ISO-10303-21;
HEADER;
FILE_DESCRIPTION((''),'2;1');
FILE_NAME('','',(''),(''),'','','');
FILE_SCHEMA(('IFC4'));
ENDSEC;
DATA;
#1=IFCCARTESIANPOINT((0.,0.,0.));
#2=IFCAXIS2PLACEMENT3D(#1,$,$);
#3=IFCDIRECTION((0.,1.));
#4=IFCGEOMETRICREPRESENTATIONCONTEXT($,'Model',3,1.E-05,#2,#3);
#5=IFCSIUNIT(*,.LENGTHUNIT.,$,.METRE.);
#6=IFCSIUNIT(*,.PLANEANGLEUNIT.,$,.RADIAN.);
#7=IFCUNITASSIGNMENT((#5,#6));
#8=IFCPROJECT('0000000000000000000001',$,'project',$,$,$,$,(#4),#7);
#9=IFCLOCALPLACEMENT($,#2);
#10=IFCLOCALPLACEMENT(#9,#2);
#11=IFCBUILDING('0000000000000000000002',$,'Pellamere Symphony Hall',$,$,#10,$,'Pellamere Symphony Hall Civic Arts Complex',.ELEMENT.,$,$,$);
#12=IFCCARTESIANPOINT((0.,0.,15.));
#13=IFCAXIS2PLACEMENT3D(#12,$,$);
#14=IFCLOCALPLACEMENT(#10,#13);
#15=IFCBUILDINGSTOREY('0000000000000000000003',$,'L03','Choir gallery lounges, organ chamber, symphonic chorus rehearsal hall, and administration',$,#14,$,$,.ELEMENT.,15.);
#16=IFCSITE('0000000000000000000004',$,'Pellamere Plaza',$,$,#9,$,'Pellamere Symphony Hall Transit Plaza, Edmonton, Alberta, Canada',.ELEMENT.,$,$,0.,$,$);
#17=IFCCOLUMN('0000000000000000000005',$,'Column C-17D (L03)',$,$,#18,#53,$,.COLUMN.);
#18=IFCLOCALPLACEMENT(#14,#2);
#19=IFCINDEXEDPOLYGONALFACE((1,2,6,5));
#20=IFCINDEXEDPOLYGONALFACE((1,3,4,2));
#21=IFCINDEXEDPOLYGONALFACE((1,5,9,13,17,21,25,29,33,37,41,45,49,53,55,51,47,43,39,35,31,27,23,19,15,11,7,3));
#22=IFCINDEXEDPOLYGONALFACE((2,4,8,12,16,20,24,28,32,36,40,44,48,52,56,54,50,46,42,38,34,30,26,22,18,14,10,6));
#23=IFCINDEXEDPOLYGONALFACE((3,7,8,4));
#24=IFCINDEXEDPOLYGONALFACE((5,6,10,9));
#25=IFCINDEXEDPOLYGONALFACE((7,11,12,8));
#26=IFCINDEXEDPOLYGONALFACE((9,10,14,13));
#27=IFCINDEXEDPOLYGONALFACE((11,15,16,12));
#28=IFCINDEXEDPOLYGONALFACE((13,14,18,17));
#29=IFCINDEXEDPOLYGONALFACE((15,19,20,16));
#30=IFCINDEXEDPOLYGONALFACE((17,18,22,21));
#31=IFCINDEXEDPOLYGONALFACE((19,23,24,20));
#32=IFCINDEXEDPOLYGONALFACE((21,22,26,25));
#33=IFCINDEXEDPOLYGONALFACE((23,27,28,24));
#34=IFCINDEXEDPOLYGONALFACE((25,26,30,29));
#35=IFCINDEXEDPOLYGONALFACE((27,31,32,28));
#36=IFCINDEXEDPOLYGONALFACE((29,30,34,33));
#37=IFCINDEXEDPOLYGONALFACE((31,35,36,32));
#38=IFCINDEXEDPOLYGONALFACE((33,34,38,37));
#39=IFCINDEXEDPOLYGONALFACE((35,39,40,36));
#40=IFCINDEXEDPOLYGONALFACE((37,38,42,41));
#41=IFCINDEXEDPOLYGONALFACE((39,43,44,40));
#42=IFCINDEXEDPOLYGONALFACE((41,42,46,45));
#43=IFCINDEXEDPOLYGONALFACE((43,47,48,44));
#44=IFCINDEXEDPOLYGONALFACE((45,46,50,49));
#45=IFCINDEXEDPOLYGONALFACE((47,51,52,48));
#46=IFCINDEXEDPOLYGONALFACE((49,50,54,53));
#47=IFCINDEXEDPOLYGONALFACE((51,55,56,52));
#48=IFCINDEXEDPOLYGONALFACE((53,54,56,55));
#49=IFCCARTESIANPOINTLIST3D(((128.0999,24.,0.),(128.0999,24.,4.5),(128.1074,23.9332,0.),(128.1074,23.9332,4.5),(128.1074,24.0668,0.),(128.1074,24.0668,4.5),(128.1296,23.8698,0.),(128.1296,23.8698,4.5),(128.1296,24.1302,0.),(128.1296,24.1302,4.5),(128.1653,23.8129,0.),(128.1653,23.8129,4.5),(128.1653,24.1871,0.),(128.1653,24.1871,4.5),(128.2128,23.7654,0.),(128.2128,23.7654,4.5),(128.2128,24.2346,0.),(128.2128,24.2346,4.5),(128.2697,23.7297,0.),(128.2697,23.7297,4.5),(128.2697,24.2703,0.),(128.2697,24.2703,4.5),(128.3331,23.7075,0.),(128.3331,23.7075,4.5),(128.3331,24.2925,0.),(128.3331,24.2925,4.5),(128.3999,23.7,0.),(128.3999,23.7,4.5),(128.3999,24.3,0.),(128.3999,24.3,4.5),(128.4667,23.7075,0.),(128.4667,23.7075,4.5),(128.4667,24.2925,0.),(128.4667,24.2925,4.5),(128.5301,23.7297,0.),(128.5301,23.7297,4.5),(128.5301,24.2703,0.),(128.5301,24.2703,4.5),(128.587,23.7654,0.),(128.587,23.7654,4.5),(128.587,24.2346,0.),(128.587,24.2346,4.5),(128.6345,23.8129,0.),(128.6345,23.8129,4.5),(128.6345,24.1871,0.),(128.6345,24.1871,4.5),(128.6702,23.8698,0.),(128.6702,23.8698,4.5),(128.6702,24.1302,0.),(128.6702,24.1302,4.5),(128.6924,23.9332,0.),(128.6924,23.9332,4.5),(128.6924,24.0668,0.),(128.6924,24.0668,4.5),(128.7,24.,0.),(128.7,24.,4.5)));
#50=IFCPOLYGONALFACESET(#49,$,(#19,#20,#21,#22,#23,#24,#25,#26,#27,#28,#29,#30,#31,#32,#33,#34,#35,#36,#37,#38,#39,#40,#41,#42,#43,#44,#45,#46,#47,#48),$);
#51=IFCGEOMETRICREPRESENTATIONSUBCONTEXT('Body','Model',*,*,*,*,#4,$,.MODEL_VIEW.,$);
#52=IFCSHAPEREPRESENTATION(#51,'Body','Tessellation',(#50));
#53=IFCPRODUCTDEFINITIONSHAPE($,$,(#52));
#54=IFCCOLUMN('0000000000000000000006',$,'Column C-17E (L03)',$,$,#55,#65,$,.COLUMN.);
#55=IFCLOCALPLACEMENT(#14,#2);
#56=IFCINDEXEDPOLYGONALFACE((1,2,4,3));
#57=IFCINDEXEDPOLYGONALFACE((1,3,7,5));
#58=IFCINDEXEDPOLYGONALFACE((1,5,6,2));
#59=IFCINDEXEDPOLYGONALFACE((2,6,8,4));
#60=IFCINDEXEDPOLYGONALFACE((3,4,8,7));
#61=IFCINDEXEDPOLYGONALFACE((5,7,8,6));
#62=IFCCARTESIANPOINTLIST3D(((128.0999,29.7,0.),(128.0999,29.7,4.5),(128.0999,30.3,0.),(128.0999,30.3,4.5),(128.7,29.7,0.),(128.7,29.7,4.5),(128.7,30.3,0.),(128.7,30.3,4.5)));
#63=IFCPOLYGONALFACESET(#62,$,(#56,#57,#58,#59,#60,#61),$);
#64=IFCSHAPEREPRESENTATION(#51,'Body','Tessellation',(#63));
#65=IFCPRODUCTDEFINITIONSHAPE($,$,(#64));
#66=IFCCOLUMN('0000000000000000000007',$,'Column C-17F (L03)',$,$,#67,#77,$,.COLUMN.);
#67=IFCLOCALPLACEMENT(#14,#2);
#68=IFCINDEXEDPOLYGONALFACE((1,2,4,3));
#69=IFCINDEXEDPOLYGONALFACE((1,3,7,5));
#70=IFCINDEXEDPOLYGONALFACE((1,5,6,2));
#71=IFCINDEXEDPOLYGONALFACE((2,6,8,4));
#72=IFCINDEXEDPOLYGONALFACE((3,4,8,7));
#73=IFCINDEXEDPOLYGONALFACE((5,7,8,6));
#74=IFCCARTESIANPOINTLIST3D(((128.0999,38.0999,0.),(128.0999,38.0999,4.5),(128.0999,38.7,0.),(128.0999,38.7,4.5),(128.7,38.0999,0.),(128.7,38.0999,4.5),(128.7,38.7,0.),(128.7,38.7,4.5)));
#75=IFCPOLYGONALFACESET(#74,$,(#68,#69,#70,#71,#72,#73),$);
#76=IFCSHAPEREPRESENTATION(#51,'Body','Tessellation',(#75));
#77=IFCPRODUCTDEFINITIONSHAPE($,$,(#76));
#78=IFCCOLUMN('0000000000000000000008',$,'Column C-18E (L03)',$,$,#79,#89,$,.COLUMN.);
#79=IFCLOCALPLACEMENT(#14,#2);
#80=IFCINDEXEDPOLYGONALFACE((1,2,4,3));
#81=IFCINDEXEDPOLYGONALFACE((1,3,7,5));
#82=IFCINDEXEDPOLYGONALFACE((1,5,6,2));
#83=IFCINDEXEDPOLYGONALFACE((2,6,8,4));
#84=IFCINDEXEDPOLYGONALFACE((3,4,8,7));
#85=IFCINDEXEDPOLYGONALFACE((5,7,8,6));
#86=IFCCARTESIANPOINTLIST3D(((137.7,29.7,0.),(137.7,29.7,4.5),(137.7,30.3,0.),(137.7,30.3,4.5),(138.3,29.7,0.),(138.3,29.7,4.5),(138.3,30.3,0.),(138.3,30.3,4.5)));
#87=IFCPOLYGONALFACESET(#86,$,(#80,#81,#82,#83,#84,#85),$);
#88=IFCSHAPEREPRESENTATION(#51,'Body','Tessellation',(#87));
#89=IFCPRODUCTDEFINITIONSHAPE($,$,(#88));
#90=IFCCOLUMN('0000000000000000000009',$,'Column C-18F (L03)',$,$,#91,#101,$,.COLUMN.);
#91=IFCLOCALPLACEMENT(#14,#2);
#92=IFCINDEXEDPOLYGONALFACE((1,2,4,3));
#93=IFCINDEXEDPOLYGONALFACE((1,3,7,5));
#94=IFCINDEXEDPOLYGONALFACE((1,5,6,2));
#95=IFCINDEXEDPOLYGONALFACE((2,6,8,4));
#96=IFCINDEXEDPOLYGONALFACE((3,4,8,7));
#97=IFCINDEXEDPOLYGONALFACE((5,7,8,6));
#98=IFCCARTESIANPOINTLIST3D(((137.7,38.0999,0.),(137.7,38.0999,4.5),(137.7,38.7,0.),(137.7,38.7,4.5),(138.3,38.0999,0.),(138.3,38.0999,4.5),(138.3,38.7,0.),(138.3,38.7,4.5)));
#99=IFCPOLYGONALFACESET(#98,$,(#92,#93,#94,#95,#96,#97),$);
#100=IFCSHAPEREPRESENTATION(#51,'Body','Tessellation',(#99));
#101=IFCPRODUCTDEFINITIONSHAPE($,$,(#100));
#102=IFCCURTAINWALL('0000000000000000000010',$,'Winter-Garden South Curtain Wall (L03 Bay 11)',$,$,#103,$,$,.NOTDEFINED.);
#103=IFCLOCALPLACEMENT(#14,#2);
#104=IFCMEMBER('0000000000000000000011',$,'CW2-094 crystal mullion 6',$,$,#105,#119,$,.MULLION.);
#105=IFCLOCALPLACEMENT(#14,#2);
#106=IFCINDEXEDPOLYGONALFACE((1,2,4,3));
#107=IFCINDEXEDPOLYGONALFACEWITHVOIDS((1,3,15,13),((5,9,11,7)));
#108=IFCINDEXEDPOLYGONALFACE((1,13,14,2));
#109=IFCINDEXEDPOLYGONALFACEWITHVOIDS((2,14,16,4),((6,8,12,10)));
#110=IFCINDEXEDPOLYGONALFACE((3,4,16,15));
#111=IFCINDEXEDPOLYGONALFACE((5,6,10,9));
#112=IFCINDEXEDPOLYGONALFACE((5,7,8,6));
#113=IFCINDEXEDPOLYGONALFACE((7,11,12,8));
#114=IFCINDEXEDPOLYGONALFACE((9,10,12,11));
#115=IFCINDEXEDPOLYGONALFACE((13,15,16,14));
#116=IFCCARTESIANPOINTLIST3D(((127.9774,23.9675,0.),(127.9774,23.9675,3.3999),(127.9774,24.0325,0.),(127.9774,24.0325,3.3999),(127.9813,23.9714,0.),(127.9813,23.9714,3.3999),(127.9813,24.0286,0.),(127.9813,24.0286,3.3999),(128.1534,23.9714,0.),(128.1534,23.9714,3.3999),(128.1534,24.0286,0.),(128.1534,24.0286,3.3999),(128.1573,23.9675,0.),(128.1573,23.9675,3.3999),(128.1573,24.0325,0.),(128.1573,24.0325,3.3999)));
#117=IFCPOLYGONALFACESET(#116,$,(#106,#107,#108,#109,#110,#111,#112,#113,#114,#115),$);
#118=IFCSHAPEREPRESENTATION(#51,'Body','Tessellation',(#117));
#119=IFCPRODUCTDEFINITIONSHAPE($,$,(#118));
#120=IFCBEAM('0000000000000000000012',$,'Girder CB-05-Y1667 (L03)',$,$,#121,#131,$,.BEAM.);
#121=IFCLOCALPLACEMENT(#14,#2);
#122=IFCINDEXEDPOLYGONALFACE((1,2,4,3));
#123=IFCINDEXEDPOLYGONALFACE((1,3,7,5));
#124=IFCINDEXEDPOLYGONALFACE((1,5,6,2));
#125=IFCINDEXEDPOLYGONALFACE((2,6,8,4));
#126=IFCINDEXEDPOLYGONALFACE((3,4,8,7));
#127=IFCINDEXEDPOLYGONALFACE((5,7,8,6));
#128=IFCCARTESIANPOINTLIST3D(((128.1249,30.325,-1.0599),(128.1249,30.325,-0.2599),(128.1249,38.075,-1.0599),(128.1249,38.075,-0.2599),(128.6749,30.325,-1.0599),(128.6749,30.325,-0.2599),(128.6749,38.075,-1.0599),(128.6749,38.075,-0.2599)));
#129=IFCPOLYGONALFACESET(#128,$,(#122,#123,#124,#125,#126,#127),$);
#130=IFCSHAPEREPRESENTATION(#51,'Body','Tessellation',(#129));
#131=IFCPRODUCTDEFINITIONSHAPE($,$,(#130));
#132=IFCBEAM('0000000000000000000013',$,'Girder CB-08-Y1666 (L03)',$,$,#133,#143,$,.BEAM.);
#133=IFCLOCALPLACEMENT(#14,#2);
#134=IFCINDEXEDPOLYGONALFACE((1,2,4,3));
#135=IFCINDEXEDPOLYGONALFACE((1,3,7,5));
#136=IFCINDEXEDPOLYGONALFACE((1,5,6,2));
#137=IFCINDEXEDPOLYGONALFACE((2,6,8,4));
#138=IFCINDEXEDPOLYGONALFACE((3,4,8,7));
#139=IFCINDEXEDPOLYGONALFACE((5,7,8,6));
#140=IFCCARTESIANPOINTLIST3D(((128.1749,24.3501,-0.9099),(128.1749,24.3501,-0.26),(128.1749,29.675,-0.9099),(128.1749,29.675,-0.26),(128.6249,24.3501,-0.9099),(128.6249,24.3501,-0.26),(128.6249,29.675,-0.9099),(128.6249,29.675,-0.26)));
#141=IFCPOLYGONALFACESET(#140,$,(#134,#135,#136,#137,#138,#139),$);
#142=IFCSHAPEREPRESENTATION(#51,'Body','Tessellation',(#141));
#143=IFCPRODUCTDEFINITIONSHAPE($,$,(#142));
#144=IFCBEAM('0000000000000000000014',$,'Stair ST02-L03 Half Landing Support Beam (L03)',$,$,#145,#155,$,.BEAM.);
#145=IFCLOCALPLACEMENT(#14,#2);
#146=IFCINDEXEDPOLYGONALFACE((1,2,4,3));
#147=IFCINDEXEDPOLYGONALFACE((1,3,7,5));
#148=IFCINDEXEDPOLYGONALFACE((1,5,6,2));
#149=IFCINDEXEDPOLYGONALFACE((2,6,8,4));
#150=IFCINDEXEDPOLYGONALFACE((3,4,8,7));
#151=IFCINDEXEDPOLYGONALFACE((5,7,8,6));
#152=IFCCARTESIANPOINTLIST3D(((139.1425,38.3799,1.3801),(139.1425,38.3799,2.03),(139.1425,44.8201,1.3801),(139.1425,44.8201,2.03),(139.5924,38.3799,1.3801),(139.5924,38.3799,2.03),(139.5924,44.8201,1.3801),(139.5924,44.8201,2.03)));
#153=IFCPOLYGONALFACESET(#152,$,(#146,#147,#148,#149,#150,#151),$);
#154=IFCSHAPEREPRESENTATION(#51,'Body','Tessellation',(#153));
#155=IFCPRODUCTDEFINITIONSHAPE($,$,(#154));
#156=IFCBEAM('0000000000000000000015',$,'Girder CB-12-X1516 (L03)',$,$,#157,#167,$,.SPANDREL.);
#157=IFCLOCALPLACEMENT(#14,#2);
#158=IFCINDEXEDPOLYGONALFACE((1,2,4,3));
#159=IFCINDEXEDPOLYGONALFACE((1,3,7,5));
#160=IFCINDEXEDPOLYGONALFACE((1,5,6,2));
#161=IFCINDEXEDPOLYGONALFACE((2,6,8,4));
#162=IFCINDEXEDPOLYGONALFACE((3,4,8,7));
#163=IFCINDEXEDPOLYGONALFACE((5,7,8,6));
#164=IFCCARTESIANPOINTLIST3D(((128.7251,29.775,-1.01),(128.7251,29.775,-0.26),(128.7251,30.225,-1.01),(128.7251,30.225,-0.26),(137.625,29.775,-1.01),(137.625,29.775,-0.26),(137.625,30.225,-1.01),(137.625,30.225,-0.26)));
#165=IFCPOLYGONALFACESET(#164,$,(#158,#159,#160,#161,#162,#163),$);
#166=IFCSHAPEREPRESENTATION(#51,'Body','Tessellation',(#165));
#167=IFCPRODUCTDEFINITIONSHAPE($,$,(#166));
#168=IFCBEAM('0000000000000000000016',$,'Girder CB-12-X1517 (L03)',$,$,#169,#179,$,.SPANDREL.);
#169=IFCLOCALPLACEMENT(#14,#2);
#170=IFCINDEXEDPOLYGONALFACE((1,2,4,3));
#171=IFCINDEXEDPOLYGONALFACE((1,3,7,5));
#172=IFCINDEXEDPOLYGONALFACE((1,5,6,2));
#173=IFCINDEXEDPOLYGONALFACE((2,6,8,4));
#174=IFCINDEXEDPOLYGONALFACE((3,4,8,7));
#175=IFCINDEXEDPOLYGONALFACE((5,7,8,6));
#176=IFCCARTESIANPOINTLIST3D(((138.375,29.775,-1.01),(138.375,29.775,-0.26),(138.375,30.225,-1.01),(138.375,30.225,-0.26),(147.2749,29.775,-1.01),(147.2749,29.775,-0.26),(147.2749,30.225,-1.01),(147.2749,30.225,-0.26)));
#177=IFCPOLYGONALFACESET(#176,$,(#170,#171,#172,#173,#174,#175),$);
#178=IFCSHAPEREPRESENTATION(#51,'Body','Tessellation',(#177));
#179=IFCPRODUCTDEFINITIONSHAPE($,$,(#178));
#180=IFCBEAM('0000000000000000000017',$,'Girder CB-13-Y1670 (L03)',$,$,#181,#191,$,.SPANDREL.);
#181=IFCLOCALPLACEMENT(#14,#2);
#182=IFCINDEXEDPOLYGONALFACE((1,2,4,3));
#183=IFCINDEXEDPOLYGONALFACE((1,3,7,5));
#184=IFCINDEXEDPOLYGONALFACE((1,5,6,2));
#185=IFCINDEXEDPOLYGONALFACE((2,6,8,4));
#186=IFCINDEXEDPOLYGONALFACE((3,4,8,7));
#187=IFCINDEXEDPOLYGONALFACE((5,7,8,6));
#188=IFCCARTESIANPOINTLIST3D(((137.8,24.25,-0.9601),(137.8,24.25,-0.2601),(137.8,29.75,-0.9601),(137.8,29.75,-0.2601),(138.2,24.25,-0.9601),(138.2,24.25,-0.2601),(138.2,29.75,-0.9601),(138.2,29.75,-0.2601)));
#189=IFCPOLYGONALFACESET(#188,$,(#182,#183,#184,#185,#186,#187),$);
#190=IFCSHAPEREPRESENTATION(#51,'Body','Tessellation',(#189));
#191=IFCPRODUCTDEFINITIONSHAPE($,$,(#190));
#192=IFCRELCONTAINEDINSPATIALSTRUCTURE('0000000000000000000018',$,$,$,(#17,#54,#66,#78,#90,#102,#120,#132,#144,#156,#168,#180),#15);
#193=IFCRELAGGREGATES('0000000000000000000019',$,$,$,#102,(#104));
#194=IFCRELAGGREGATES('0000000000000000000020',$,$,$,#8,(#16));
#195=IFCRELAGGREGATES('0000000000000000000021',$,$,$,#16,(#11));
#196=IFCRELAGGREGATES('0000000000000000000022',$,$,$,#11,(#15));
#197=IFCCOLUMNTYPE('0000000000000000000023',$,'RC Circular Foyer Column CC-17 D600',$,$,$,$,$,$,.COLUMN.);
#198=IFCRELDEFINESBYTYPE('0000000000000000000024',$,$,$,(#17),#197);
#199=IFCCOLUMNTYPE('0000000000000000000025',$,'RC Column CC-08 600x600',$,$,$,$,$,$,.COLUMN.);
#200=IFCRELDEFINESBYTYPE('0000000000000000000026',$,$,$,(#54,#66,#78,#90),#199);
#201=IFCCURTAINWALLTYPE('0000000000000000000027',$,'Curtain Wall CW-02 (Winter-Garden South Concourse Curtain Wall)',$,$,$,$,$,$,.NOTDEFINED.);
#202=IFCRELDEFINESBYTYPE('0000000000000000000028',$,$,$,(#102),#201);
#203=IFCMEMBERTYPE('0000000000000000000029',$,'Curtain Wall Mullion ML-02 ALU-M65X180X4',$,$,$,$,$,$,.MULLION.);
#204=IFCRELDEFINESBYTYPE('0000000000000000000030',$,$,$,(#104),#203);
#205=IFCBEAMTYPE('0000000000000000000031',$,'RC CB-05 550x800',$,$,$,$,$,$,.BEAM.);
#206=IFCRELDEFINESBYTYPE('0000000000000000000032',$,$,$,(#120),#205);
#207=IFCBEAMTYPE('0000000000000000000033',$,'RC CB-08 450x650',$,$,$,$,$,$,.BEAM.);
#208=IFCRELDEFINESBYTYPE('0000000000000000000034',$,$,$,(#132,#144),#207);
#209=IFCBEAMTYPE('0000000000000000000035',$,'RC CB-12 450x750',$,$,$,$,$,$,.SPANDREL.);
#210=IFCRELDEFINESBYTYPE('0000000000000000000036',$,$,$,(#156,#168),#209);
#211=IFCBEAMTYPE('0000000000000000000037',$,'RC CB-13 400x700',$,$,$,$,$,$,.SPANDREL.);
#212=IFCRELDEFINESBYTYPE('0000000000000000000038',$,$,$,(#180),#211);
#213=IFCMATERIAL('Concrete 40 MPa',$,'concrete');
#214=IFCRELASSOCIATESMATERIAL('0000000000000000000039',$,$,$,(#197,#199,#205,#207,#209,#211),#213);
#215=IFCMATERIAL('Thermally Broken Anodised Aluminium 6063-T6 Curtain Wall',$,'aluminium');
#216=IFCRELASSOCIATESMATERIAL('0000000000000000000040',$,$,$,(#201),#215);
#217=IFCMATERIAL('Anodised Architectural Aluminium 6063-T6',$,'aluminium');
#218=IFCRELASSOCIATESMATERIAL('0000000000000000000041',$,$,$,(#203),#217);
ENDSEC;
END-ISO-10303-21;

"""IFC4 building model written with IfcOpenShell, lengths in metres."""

from ifc_helpers import new_model, si_unit, direction, frame, origin, origin_2d, place, context, subcontext, project, spatial, rectangle, hollow_rectangle, circle, extrude, material, material_profile, profile_set, type_object, element, aggregate, save


model = new_model("IFC4")

# Units and contexts
model_context = context("Model", 3, precision=1e-05, world=origin(), true_north=direction((0.0, 1.0)))
body_context = subcontext(model_context, "Body", "Model", "MODEL_VIEW")
ifc_project = project(units=[si_unit("LENGTHUNIT", "METRE"), si_unit("PLANEANGLEUNIT", "RADIAN")], contexts=[model_context])

# Site, building, storey
site_placement = place(None, origin())
site = spatial("IfcSite", under=ifc_project, at=site_placement, Name="Pellamere Plaza", LongName="Pellamere Symphony Hall Transit Plaza, Edmonton, Alberta, Canada", CompositionType="ELEMENT", RefElevation=0.0)
building_placement = place(site_placement, origin())
building = spatial("IfcBuilding", under=site, at=building_placement, Name="Pellamere Symphony Hall", LongName="Pellamere Symphony Hall Civic Arts Complex", CompositionType="ELEMENT")
storey_placement = place(building_placement, frame((0.0, 0.0, 15.0)))
storey = spatial("IfcBuildingStorey", under=building, at=storey_placement, Name="L03", Description="Choir gallery lounges, organ chamber, symphonic chorus rehearsal hall, and administration", CompositionType="ELEMENT", Elevation=15.0)

# Columns
ifc_material_1 = material(Name="Concrete 40 MPa", Category="concrete")
ifc_material_profile_1 = material_profile(ifc_material_1, circle(Radius=0.3, at=origin_2d()), Name="RCCOL D600")
ifc_profile_set_1 = profile_set([ifc_material_profile_1], Name="Concrete 40 MPa")
column_type_1 = type_object("IfcColumnType", Name="RC Circular Foyer Column CC-17 D600", PredefinedType="COLUMN", material=ifc_profile_set_1)
column_placement = place(storey_placement, frame((128.3999, 24.0, 0.0), z_axis=(0.0, 0.0, 1.0), x_axis=(1.0, 0.0, 0.0)))
element("IfcColumn", 1, at=column_placement, inside=storey, type_object=column_type_1, Name="Column C-17D (L03)", PredefinedType="COLUMN", context=body_context, shape_type="SweptSolid", body=[
    extrude(circle(Radius=0.3, at=origin_2d()), origin(), (0.0, 0.0, 1.0), 4.5),
])
ifc_material_profile_2 = material_profile(ifc_material_1, rectangle(XDim=0.6001, YDim=0.6001, at=origin_2d()), Name="RC 600x600")
ifc_profile_set_2 = profile_set([ifc_material_profile_2], Name="Concrete 40 MPa")
column_type_2 = type_object("IfcColumnType", Name="RC Column CC-08 600x600", PredefinedType="COLUMN", material=ifc_profile_set_2)
for number, where, z_axis, x_axis, name in (
    (2, (128.3999, 30.0, 0.0), (0.0, 0.0, 1.0), (1.0, 0.0, 0.0), "Column C-17E (L03)"),
    (3, (128.3999, 38.3999, 0.0), (0.0, 0.0, 1.0), (1.0, 0.0, 0.0), "Column C-17F (L03)"),
    (4, (138.0, 30.0, 0.0), (0.0, 0.0, 1.0), (1.0, 0.0, 0.0), "Column C-18E (L03)"),
    (5, (138.0, 38.3999, 0.0), (0.0, 0.0, 1.0), (1.0, 0.0, 0.0), "Column C-18F (L03)"),
):
    element("IfcColumn", number, at=place(storey_placement, frame(where, z_axis=z_axis, x_axis=x_axis)), inside=storey, type_object=column_type_2, Name=name, PredefinedType="COLUMN", context=body_context, shape_type="SweptSolid", body=[
        extrude(rectangle(XDim=0.6001, YDim=0.6001, at=origin_2d()), origin(), (0.0, 0.0, 1.0), 4.5),
    ])

# Curtain wall, member
ifc_material_2 = material(Name="Thermally Broken Anodised Aluminium 6063-T6 Curtain Wall", Category="aluminium")
curtain_wall_type = type_object("IfcCurtainWallType", Name="Curtain Wall CW-02 (Winter-Garden South Concourse Curtain Wall)", PredefinedType="NOTDEFINED", material=ifc_material_2)
curtain_wall_placement = place(storey_placement, origin())
curtain_wall = element("IfcCurtainWall", 6, at=curtain_wall_placement, inside=storey, type_object=curtain_wall_type, Name="Winter-Garden South Curtain Wall (L03 Bay 11)", PredefinedType="NOTDEFINED")
ifc_material_3 = material(Name="Anodised Architectural Aluminium 6063-T6", Category="aluminium")
ifc_material_profile_3 = material_profile(ifc_material_3, hollow_rectangle(XDim=0.0649, YDim=0.1799, WallThickness=0.0039, at=origin_2d()), Name="ALU-M65X180X4")
ifc_profile_set_3 = profile_set([ifc_material_profile_3], Name="Anodised Architectural Aluminium 6063-T6")
member_type = type_object("IfcMemberType", Name="Curtain Wall Mullion ML-02 ALU-M65X180X4", PredefinedType="MULLION", material=ifc_profile_set_3)
member_placement = place(storey_placement, frame((128.0674, 24.0, 0.0), z_axis=(0.0, 0.0, 1.0), x_axis=(0.0, 1.0, 0.0)))
member = element("IfcMember", 7, at=member_placement, type_object=member_type, Name="CW2-094 crystal mullion 6", PredefinedType="MULLION", context=body_context, shape_type="SweptSolid", body=[
    extrude(hollow_rectangle(XDim=0.0649, YDim=0.1799, WallThickness=0.0039, at=origin_2d()), origin(), (0.0, 0.0, 1.0), 3.3999),
])

# Beams
ifc_material_profile_4 = material_profile(ifc_material_1, rectangle(XDim=0.55, YDim=0.8, at=origin_2d()), Name="RC 550x800")
ifc_profile_set_4 = profile_set([ifc_material_profile_4], Name="Concrete 40 MPa")
beam_type_1 = type_object("IfcBeamType", Name="RC CB-05 550x800", PredefinedType="BEAM", material=ifc_profile_set_4)
beam_1_placement = place(storey_placement, frame((128.3999, 30.325, -0.6599), z_axis=(0.0, 1.0, 0.0), x_axis=(-1.0, 0.0, 0.0)))
element("IfcBeam", 8, at=beam_1_placement, inside=storey, type_object=beam_type_1, Name="Girder CB-05-Y1667 (L03)", PredefinedType="BEAM", context=body_context, shape_type="SweptSolid", body=[
    extrude(rectangle(XDim=0.55, YDim=0.8, at=origin_2d()), origin(), (0.0, 0.0, 1.0), 7.75),
])
ifc_material_profile_5 = material_profile(ifc_material_1, rectangle(XDim=0.45, YDim=0.6499, at=origin_2d()), Name="RC 450x650")
ifc_profile_set_5 = profile_set([ifc_material_profile_5], Name="Concrete 40 MPa")
beam_type_2 = type_object("IfcBeamType", Name="RC CB-08 450x650", PredefinedType="BEAM", material=ifc_profile_set_5)
beam_2_placement = place(storey_placement, frame((128.3999, 24.3501, -0.585), z_axis=(0.0, 1.0, 0.0), x_axis=(-1.0, 0.0, 0.0)))
element("IfcBeam", 9, at=beam_2_placement, inside=storey, type_object=beam_type_2, Name="Girder CB-08-Y1666 (L03)", PredefinedType="BEAM", context=body_context, shape_type="SweptSolid", body=[
    extrude(rectangle(XDim=0.45, YDim=0.6499, at=origin_2d()), origin(), (0.0, 0.0, 1.0), 5.325),
])
beam_3_placement = place(storey_placement, frame((139.3674, 38.3799, 1.7051), z_axis=(0.0, 1.0, 0.0), x_axis=(-1.0, 0.0, 0.0)))
element("IfcBeam", 10, at=beam_3_placement, inside=storey, type_object=beam_type_2, Name="Stair ST02-L03 Half Landing Support Beam (L03)", PredefinedType="BEAM", context=body_context, shape_type="SweptSolid", body=[
    extrude(rectangle(XDim=0.45, YDim=0.6499, at=origin_2d()), origin(), (0.0, 0.0, 1.0), 6.4402),
])
ifc_material_profile_6 = material_profile(ifc_material_1, rectangle(XDim=0.45, YDim=0.75, at=origin_2d()), Name="RC 450x750")
ifc_profile_set_6 = profile_set([ifc_material_profile_6], Name="Concrete 40 MPa")
beam_type_3 = type_object("IfcBeamType", Name="RC CB-12 450x750", PredefinedType="SPANDREL", material=ifc_profile_set_6)
for number, where, z_axis, x_axis, name in (
    (11, (128.7251, 30.0, -0.635), (1.0, 0.0, 0.0), (0.0, 1.0, 0.0), "Girder CB-12-X1516 (L03)"),
    (12, (138.375, 30.0, -0.635), (1.0, 0.0, 0.0), (0.0, 1.0, 0.0), "Girder CB-12-X1517 (L03)"),
):
    element("IfcBeam", number, at=place(storey_placement, frame(where, z_axis=z_axis, x_axis=x_axis)), inside=storey, type_object=beam_type_3, Name=name, PredefinedType="SPANDREL", context=body_context, shape_type="SweptSolid", body=[
        extrude(rectangle(XDim=0.45, YDim=0.75, at=origin_2d()), origin(), (0.0, 0.0, 1.0), 8.8999),
    ])
ifc_material_profile_7 = material_profile(ifc_material_1, rectangle(XDim=0.3999, YDim=0.7, at=origin_2d()), Name="RC 400x700")
ifc_profile_set_7 = profile_set([ifc_material_profile_7], Name="Concrete 40 MPa")
beam_type_4 = type_object("IfcBeamType", Name="RC CB-13 400x700", PredefinedType="SPANDREL", material=ifc_profile_set_7)
beam_4_placement = place(storey_placement, frame((138.0, 24.25, -0.6101), z_axis=(0.0, 1.0, 0.0), x_axis=(-1.0, 0.0, 0.0)))
element("IfcBeam", 13, at=beam_4_placement, inside=storey, type_object=beam_type_4, Name="Girder CB-13-Y1670 (L03)", PredefinedType="SPANDREL", context=body_context, shape_type="SweptSolid", body=[
    extrude(rectangle(XDim=0.3999, YDim=0.7, at=origin_2d()), origin(), (0.0, 0.0, 1.0), 5.5),
])

aggregate(curtain_wall, [member])

save(model, "model.ifc")
